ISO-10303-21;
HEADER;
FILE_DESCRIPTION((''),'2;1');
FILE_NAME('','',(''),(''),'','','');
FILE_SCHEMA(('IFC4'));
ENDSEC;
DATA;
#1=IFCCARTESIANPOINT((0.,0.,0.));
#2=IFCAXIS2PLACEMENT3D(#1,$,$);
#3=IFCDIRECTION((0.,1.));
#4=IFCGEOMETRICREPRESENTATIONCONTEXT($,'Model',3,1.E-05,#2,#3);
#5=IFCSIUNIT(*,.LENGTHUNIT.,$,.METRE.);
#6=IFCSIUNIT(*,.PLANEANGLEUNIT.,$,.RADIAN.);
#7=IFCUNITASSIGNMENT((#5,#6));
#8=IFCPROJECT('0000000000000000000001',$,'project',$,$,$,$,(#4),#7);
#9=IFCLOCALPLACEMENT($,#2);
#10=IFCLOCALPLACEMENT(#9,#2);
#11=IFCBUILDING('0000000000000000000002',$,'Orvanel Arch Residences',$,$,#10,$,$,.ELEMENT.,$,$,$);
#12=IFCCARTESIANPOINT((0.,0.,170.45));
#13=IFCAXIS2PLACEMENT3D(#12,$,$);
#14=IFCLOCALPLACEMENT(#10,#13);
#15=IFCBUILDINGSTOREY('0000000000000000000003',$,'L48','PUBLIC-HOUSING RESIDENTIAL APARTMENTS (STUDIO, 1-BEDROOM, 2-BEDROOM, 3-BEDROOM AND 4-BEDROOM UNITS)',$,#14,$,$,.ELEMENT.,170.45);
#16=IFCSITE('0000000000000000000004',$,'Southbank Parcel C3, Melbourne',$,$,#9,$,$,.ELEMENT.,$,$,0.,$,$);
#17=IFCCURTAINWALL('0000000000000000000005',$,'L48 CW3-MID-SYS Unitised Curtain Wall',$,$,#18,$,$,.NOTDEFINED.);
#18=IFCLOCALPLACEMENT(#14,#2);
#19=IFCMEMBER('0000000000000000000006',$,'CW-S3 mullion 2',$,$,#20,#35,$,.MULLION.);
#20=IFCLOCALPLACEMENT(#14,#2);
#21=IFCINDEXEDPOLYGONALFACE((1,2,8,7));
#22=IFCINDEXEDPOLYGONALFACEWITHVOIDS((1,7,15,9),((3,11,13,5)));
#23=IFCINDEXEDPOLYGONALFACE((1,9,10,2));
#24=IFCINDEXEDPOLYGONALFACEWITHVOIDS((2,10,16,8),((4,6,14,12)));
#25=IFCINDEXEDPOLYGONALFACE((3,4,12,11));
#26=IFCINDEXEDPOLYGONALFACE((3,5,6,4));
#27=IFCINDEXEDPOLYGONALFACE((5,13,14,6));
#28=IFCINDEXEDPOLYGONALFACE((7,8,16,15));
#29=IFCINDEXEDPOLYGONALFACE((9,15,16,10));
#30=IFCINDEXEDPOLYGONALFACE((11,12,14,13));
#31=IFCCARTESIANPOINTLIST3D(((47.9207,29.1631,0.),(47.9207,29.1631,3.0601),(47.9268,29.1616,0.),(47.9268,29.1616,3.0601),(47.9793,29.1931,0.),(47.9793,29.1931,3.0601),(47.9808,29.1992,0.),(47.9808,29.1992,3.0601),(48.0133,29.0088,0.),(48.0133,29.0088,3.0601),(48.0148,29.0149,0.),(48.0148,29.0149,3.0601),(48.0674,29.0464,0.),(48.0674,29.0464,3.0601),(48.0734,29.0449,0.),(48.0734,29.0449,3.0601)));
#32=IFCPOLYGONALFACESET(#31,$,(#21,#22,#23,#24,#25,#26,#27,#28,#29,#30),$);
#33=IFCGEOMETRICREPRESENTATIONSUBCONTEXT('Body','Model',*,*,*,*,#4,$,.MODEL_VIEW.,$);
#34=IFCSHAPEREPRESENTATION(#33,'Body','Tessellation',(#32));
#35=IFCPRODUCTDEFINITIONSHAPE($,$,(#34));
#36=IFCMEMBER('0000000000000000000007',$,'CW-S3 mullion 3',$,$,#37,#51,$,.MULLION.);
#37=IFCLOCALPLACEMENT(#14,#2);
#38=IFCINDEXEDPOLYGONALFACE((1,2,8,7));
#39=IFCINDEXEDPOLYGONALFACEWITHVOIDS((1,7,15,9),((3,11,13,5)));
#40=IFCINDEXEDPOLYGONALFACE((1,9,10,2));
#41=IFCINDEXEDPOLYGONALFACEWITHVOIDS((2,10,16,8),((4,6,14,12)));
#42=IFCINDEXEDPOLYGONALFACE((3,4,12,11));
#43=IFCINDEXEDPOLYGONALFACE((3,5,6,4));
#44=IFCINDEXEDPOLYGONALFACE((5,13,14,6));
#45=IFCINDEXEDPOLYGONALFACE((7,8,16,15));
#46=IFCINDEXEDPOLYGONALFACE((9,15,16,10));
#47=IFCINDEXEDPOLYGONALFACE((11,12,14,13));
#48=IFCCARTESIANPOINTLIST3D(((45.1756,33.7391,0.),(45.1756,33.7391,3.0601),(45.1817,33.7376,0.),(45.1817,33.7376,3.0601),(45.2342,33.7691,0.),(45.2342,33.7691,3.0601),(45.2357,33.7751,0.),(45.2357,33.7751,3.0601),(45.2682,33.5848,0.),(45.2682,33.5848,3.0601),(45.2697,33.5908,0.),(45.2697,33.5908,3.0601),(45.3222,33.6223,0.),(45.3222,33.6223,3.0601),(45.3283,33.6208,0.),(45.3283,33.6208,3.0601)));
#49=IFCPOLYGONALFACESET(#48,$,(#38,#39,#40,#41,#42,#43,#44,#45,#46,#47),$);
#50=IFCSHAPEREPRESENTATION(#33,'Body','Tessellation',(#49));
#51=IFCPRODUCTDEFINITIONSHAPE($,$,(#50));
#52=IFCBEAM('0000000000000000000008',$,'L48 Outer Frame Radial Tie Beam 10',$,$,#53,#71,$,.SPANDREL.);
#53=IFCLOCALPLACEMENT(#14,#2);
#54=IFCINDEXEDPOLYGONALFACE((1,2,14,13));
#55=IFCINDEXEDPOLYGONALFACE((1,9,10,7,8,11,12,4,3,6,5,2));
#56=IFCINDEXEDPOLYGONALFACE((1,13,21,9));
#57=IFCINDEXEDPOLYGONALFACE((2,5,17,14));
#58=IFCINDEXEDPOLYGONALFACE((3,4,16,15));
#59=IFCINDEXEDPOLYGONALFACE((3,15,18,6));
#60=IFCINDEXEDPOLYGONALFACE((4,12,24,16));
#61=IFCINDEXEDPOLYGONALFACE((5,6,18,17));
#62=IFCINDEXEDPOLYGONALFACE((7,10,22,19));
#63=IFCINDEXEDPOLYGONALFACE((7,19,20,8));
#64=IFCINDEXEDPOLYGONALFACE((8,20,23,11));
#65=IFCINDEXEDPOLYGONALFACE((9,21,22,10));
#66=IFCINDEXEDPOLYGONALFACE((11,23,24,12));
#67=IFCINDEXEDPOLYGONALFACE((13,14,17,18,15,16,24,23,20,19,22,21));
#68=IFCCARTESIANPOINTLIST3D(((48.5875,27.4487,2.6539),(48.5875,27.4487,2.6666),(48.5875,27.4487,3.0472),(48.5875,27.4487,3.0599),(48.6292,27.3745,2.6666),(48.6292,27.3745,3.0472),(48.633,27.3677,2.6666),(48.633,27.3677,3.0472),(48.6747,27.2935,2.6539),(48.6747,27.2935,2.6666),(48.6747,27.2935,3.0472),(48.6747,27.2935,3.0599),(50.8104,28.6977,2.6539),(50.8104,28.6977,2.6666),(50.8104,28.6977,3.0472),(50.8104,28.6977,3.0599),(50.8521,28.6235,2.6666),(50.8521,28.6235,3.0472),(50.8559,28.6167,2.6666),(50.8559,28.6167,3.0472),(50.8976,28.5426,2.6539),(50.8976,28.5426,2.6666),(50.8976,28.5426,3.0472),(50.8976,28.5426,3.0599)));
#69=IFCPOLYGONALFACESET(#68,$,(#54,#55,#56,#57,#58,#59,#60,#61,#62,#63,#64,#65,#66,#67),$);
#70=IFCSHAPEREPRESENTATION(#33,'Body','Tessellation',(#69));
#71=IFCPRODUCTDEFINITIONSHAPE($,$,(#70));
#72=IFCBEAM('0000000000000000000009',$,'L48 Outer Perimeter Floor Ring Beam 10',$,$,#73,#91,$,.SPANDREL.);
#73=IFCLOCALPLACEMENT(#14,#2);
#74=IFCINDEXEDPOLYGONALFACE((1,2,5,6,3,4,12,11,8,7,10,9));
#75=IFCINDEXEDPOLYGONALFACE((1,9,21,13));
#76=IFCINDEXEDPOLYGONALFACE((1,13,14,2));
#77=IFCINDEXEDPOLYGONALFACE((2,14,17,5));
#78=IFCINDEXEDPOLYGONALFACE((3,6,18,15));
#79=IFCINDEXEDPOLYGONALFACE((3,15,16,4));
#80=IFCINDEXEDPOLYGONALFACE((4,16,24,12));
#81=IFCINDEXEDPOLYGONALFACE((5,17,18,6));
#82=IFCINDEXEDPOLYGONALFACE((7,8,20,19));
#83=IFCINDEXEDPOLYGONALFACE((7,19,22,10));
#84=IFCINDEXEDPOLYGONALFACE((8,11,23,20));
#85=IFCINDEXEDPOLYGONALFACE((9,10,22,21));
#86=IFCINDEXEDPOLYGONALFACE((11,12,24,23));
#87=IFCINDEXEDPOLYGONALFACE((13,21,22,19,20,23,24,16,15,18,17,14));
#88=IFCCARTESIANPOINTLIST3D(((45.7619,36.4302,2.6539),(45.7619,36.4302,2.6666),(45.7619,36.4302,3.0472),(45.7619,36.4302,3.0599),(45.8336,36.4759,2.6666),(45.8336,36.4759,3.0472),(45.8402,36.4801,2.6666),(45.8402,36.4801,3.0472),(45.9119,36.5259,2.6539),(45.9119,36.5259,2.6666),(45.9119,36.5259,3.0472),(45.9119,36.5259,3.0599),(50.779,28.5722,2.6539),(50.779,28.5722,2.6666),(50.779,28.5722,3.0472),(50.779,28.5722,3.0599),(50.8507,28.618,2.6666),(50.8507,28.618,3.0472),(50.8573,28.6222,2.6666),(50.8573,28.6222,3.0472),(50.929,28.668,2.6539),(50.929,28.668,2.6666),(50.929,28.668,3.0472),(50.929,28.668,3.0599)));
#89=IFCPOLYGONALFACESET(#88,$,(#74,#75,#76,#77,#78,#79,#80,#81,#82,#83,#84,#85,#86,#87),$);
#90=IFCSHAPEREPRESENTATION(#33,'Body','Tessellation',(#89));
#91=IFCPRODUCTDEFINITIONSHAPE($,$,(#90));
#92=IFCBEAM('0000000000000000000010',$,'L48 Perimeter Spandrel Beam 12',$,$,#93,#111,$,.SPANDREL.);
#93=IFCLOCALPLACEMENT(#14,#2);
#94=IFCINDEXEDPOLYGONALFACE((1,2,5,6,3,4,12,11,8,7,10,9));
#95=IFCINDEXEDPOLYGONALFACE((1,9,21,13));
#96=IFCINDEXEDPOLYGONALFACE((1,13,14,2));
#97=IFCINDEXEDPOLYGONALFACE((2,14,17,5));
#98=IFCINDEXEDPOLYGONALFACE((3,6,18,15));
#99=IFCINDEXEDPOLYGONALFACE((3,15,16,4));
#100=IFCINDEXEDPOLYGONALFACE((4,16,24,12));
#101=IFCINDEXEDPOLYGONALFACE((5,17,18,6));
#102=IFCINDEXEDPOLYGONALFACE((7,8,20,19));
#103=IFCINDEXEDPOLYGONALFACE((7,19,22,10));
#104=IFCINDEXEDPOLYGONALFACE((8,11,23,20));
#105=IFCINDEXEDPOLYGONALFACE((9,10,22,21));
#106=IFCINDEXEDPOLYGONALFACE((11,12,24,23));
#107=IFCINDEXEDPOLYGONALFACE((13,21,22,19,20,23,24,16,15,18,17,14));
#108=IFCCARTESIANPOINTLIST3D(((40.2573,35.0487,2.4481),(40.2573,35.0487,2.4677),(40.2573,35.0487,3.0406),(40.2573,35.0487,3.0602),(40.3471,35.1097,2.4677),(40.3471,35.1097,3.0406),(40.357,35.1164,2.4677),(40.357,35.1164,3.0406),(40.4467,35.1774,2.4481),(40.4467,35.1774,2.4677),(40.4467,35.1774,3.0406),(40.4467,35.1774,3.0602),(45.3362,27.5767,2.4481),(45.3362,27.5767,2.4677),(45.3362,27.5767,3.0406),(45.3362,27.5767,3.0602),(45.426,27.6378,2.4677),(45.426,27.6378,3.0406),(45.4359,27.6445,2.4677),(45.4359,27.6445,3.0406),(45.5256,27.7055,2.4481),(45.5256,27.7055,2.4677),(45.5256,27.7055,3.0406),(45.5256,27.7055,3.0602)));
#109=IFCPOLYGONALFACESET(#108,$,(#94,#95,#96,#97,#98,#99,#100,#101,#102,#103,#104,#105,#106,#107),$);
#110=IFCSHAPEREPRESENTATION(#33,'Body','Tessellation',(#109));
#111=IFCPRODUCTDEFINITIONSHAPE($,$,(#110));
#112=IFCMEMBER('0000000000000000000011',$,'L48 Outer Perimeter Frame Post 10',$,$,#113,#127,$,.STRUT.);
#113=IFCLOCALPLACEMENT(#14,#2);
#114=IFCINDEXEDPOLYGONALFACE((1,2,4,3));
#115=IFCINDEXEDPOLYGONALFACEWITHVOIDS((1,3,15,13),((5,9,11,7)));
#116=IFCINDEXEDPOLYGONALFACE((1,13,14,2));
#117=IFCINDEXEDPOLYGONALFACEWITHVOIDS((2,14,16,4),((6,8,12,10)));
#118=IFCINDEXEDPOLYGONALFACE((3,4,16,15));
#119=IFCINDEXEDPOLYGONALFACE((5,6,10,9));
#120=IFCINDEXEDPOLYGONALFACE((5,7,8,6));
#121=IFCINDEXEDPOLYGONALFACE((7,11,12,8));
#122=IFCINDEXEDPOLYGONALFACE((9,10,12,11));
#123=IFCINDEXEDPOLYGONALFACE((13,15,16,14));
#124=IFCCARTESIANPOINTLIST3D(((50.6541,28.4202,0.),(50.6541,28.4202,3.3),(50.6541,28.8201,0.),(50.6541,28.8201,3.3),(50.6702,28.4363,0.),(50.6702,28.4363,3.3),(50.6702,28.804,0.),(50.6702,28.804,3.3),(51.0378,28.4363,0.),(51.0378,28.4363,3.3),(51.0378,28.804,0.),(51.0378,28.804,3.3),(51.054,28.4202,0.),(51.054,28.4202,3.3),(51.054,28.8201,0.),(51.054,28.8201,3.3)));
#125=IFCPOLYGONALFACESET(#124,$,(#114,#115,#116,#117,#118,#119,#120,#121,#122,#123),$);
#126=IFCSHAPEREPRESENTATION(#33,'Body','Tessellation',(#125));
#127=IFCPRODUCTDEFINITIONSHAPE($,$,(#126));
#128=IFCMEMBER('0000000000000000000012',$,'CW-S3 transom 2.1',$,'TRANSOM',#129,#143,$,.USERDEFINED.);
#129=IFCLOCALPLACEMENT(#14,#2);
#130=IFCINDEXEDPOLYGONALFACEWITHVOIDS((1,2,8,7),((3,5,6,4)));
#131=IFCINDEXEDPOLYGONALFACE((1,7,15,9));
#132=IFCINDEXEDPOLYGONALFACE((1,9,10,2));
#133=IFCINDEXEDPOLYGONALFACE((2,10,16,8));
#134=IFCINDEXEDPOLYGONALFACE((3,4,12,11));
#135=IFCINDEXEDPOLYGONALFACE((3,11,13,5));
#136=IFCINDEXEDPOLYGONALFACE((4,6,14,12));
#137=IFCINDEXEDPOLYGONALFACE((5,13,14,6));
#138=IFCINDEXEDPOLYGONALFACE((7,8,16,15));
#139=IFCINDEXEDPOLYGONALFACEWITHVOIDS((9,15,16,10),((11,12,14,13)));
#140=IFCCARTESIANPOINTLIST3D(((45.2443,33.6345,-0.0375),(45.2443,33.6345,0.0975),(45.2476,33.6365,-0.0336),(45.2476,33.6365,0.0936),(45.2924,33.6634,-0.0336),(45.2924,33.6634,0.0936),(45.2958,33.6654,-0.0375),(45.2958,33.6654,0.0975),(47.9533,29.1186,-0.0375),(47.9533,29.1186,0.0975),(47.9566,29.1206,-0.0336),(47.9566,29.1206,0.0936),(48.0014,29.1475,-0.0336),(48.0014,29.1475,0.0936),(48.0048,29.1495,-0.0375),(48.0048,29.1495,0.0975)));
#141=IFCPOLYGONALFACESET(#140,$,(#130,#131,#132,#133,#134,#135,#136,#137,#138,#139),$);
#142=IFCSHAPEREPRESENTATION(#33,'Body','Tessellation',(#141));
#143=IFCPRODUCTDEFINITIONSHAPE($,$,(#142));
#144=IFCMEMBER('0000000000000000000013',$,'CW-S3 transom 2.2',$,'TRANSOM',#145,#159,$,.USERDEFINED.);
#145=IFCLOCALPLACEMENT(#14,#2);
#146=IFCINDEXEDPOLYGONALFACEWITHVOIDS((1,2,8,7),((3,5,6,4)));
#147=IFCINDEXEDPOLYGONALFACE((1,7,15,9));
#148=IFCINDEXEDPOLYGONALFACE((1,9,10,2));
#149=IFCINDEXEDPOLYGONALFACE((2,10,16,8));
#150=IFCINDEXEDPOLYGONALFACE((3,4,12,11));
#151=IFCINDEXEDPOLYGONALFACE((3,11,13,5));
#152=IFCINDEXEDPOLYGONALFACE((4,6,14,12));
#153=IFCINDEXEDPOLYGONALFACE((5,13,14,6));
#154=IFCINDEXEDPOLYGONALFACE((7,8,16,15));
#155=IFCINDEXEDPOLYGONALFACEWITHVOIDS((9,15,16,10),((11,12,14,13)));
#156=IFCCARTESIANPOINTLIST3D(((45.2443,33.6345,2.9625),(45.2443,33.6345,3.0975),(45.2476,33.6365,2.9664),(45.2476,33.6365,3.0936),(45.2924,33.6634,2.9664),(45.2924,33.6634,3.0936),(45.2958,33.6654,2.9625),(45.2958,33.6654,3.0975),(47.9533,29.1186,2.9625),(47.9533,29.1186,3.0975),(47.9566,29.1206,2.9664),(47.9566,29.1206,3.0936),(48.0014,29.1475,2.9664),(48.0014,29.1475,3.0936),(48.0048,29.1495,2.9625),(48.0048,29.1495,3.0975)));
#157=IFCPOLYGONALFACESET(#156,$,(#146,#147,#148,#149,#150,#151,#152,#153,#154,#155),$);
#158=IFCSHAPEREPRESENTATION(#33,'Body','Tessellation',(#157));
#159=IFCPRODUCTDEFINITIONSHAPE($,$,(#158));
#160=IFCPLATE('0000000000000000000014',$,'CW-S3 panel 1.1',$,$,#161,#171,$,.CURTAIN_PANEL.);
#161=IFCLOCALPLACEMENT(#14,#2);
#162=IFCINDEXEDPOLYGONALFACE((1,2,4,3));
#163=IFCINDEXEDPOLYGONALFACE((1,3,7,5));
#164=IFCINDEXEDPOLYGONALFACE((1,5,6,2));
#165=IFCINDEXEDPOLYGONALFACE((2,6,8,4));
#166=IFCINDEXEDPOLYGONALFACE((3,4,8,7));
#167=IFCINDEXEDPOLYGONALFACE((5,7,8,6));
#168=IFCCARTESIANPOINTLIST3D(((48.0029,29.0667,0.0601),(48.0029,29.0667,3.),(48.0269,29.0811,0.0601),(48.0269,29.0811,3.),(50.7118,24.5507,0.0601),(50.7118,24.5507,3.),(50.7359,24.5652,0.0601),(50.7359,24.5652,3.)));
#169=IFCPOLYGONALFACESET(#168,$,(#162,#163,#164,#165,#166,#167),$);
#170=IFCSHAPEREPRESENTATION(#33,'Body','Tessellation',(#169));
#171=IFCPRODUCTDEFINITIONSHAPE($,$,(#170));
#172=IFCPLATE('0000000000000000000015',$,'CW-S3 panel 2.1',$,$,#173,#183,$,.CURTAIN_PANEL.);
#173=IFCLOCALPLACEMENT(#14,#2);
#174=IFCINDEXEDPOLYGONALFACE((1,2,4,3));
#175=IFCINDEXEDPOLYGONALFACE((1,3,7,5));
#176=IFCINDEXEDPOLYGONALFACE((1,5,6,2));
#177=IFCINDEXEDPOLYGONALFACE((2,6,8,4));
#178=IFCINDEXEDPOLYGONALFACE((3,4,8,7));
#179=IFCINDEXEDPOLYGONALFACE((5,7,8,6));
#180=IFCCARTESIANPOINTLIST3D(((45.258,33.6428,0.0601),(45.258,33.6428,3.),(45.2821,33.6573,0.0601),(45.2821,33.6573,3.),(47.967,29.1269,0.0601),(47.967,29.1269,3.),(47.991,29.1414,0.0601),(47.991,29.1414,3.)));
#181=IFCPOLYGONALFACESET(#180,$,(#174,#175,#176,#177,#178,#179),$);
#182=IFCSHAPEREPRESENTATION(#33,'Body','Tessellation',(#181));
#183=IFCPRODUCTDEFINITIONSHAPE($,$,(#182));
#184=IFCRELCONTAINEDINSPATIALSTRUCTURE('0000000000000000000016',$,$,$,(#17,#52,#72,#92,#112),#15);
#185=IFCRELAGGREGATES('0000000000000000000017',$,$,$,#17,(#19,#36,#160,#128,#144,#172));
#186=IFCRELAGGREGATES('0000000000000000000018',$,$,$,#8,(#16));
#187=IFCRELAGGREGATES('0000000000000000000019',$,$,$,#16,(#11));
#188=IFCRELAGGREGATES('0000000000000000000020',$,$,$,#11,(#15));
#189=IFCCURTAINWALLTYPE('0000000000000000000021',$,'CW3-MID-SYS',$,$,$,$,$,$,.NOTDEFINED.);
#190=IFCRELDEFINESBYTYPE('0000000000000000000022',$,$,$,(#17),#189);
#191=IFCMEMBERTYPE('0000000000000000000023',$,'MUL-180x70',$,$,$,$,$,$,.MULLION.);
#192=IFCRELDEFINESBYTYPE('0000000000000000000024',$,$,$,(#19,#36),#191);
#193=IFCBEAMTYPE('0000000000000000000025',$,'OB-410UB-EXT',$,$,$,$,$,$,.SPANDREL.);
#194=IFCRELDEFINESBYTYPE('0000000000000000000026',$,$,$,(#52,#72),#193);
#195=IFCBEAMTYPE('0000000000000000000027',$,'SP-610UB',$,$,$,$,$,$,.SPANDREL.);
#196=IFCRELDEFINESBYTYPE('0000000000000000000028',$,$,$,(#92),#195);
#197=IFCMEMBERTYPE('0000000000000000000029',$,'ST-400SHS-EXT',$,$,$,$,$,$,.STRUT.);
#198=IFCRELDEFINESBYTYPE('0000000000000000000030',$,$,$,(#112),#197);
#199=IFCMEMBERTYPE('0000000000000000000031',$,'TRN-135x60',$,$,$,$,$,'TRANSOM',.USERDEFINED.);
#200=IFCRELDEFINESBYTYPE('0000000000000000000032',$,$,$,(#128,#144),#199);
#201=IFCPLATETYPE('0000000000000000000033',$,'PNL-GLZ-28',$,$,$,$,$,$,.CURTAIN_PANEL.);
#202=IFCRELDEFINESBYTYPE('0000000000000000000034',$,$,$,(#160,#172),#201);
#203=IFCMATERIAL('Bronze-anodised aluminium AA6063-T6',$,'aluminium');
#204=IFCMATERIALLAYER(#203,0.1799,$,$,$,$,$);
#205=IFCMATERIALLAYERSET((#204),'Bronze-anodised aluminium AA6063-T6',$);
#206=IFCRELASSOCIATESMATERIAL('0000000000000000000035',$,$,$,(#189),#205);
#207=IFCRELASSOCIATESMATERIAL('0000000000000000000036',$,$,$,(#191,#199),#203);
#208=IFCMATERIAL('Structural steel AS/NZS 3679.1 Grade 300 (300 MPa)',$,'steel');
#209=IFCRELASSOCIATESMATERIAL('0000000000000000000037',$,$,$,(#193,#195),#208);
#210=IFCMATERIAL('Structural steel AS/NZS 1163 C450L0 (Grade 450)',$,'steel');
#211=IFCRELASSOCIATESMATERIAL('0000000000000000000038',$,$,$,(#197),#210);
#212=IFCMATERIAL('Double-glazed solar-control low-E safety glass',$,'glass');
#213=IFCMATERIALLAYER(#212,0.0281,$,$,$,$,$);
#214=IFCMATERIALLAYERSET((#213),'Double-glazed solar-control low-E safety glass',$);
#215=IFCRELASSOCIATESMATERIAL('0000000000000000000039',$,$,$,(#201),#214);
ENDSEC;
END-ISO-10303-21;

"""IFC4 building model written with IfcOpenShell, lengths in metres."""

from ifc_helpers import new_model, si_unit, direction, frame, origin, origin_2d, place, context, subcontext, project, spatial, rectangle, hollow_rectangle, i_section, extrude, material, layer, layer_set, material_profile, profile_set, type_object, element, aggregate, save


model = new_model("IFC4")

# Units and contexts
model_context = context("Model", 3, precision=1e-05, world=origin(), true_north=direction((0.0, 1.0)))
body_context = subcontext(model_context, "Body", "Model", "MODEL_VIEW")
ifc_project = project(units=[si_unit("LENGTHUNIT", "METRE"), si_unit("PLANEANGLEUNIT", "RADIAN")], contexts=[model_context])

# Site, building, storey
site_placement = place(None, origin())
site = spatial("IfcSite", under=ifc_project, at=site_placement, Name="Southbank Parcel C3, Melbourne", CompositionType="ELEMENT", RefElevation=0.0)
building_placement = place(site_placement, origin())
building = spatial("IfcBuilding", under=site, at=building_placement, Name="Orvanel Arch Residences", CompositionType="ELEMENT")
storey_placement = place(building_placement, frame((0.0, 0.0, 170.45)))
storey = spatial("IfcBuildingStorey", under=building, at=storey_placement, Name="L48", Description="PUBLIC-HOUSING RESIDENTIAL APARTMENTS (STUDIO, 1-BEDROOM, 2-BEDROOM, 3-BEDROOM AND 4-BEDROOM UNITS)", CompositionType="ELEMENT", Elevation=170.45)

# Shared definitions
ifc_material_1 = material(Name="Structural steel AS/NZS 1163 C450L0 (Grade 450)", Category="steel")

# Shared definitions
ifc_material_2 = material(Name="Structural steel AS/NZS 3679.1 Grade 300 (300 MPa)", Category="steel")

# Curtain wall, members
ifc_material_3 = material(Name="Bronze-anodised aluminium AA6063-T6", Category="aluminium")
ifc_layer_1 = layer(ifc_material_3, 0.1799)
ifc_layer_set_1 = layer_set([ifc_layer_1], Name="Bronze-anodised aluminium AA6063-T6")
curtain_wall_type = type_object("IfcCurtainWallType", Name="CW3-MID-SYS", PredefinedType="NOTDEFINED", material=ifc_layer_set_1)
curtain_wall_placement = place(storey_placement, origin())
curtain_wall = element("IfcCurtainWall", 1, at=curtain_wall_placement, inside=storey, type_object=curtain_wall_type, Name="L48 CW3-MID-SYS Unitised Curtain Wall", PredefinedType="NOTDEFINED")
ifc_material_profile_1 = material_profile(ifc_material_3, hollow_rectangle(XDim=0.0701, YDim=0.1799, WallThickness=0.0044, at=origin_2d()), Name="ALU180x70x4.5")
ifc_profile_set_1 = profile_set([ifc_material_profile_1], Name="Bronze-anodised aluminium AA6063-T6")
member_type_1 = type_object("IfcMemberType", Name="MUL-180x70", PredefinedType="MULLION", material=ifc_profile_set_1)
member_1_placement = place(storey_placement, frame((47.9971, 29.104, 0.0), z_axis=(0.0, 0.0, 1.0), x_axis=(-0.857542, -0.514414, 0.0)))
member_1 = element("IfcMember", 2, at=member_1_placement, type_object=member_type_1, Name="CW-S3 mullion 2", PredefinedType="MULLION", context=body_context, shape_type="SweptSolid", body=[
    extrude(hollow_rectangle(XDim=0.0701, YDim=0.1799, WallThickness=0.0044, at=origin_2d()), origin(), (0.0, 0.0, 1.0), 3.0601),
])
member_2_placement = place(storey_placement, frame((45.252, 33.6799, 0.0), z_axis=(0.0, 0.0, 1.0), x_axis=(-0.857542, -0.514414, 0.0)))
member_2 = element("IfcMember", 3, at=member_2_placement, type_object=member_type_1, Name="CW-S3 mullion 3", PredefinedType="MULLION", context=body_context, shape_type="SweptSolid", body=[
    extrude(hollow_rectangle(XDim=0.0701, YDim=0.1799, WallThickness=0.0044, at=origin_2d()), origin(), (0.0, 0.0, 1.0), 3.0601),
])

# Beams
ifc_material_profile_2 = material_profile(ifc_material_2, i_section(OverallWidth=0.178, OverallDepth=0.406, WebThickness=0.0078, FlangeThickness=0.0127, at=origin_2d()), Name="410UB59.7")
ifc_profile_set_2 = profile_set([ifc_material_profile_2], Name="Structural steel AS/NZS 3679.1 Grade 300 (300 MPa)")
beam_type_1 = type_object("IfcBeamType", Name="OB-410UB-EXT", PredefinedType="SPANDREL", material=ifc_profile_set_2)
beam_1_placement = place(storey_placement, frame((48.6311, 27.3711, 2.8569), z_axis=(0.871803, 0.489857, 0.0), x_axis=(-0.489857, 0.871803, 0.0)))
element("IfcBeam", 4, at=beam_1_placement, inside=storey, type_object=beam_type_1, Name="L48 Outer Frame Radial Tie Beam 10", PredefinedType="SPANDREL", context=body_context, shape_type="SweptSolid", body=[
    extrude(i_section(OverallWidth=0.178, OverallDepth=0.406, WebThickness=0.0078, FlangeThickness=0.0127, at=origin_2d()), origin(), (0.0, 0.0, 1.0), 2.5498),
])
beam_2_placement = place(storey_placement, frame((50.854, 28.6201, 2.8569), z_axis=(-0.538142, 0.842854, 0.0), x_axis=(-0.842854, -0.538142, 0.0)))
element("IfcBeam", 5, at=beam_2_placement, inside=storey, type_object=beam_type_1, Name="L48 Outer Perimeter Floor Ring Beam 10", PredefinedType="SPANDREL", context=body_context, shape_type="SweptSolid", body=[
    extrude(i_section(OverallWidth=0.178, OverallDepth=0.406, WebThickness=0.0078, FlangeThickness=0.0127, at=origin_2d()), origin(), (0.0, 0.0, 1.0), 9.323),
])
ifc_material_profile_3 = material_profile(ifc_material_2, i_section(OverallWidth=0.229, OverallDepth=0.6121, WebThickness=0.012, FlangeThickness=0.0195, at=origin_2d()), Name="610UB125")
ifc_profile_set_3 = profile_set([ifc_material_profile_3], Name="Structural steel AS/NZS 3679.1 Grade 300 (300 MPa)")
beam_type_2 = type_object("IfcBeamType", Name="SP-610UB", PredefinedType="SPANDREL", material=ifc_profile_set_3)
beam_3_placement = place(storey_placement, frame((45.4309, 27.6411, 2.7542), z_axis=(-0.562155, 0.827032, 0.0), x_axis=(-0.827032, -0.562155, 0.0)))
element("IfcBeam", 6, at=beam_3_placement, inside=storey, type_object=beam_type_2, Name="L48 Perimeter Spandrel Beam 12", PredefinedType="SPANDREL", context=body_context, shape_type="SweptSolid", body=[
    extrude(i_section(OverallWidth=0.229, OverallDepth=0.6121, WebThickness=0.012, FlangeThickness=0.0195, at=origin_2d()), origin(), (0.0, 0.0, 1.0), 9.0347),
])

# Members
ifc_material_profile_4 = material_profile(ifc_material_1, hollow_rectangle(XDim=0.3999, YDim=0.3999, WallThickness=0.0161, at=origin_2d()), Name="SHS400x400x16")
ifc_profile_set_4 = profile_set([ifc_material_profile_4], Name="Structural steel AS/NZS 1163 C450L0 (Grade 450)")
member_type_2 = type_object("IfcMemberType", Name="ST-400SHS-EXT", PredefinedType="STRUT", material=ifc_profile_set_4)
member_3_placement = place(storey_placement, frame((50.854, 28.6201, 0.0), z_axis=(0.0, 0.0, 1.0), x_axis=(1.0, 0.0, 0.0)))
element("IfcMember", 7, at=member_3_placement, inside=storey, type_object=member_type_2, Name="L48 Outer Perimeter Frame Post 10", PredefinedType="STRUT", context=body_context, shape_type="SweptSolid", body=[
    extrude(hollow_rectangle(XDim=0.3999, YDim=0.3999, WallThickness=0.0161, at=origin_2d()), origin(), (0.0, 0.0, 1.0), 3.3),
])
ifc_material_profile_5 = material_profile(ifc_material_3, hollow_rectangle(XDim=0.0601, YDim=0.135, WallThickness=0.0039, at=origin_2d()), Name="ALU135x60x4")
ifc_profile_set_5 = profile_set([ifc_material_profile_5], Name="Bronze-anodised aluminium AA6063-T6")
member_type_3 = type_object("IfcMemberType", Name="TRN-135x60", ElementType="TRANSOM", PredefinedType="USERDEFINED", material=ifc_profile_set_5)
member_4_placement = place(storey_placement, frame((47.979, 29.134, 0.03), z_axis=(-0.514421, 0.857538, 0.0), x_axis=(-0.857538, -0.514421, 0.0)))
member_4 = element("IfcMember", 8, at=member_4_placement, type_object=member_type_3, Name="CW-S3 transom 2.1", ObjectType="TRANSOM", PredefinedType="USERDEFINED", context=body_context, shape_type="SweptSolid", body=[
    extrude(hollow_rectangle(XDim=0.0601, YDim=0.135, WallThickness=0.0039, at=origin_2d()), origin(), (0.0, 0.0, 1.0), 5.2661),
])
member_5_placement = place(storey_placement, frame((47.979, 29.134, 3.03), z_axis=(-0.514421, 0.857538, 0.0), x_axis=(-0.857538, -0.514421, 0.0)))
member_5 = element("IfcMember", 9, at=member_5_placement, type_object=member_type_3, Name="CW-S3 transom 2.2", ObjectType="TRANSOM", PredefinedType="USERDEFINED", context=body_context, shape_type="SweptSolid", body=[
    extrude(hollow_rectangle(XDim=0.0601, YDim=0.135, WallThickness=0.0039, at=origin_2d()), origin(), (0.0, 0.0, 1.0), 5.2661),
])

# Plates
ifc_material_4 = material(Name="Double-glazed solar-control low-E safety glass", Category="glass")
ifc_layer_2 = layer(ifc_material_4, 0.0281)
ifc_layer_set_2 = layer_set([ifc_layer_2], Name="Double-glazed solar-control low-E safety glass")
plate_type = type_object("IfcPlateType", Name="PNL-GLZ-28", PredefinedType="CURTAIN_PANEL", material=ifc_layer_set_2)
plate_1_placement = place(storey_placement, frame((49.3694, 26.8159, 0.0601), z_axis=(0.0, 0.0, 1.0), x_axis=(-0.514414, 0.857542, 0.0)))
plate_1 = element("IfcPlate", 10, at=plate_1_placement, type_object=plate_type, Name="CW-S3 panel 1.1", PredefinedType="CURTAIN_PANEL", context=body_context, shape_type="SweptSolid", body=[
    extrude(rectangle(XDim=5.2661, YDim=0.0281, at=origin_2d()), origin(), (0.0, 0.0, 1.0), 2.9399),
])
plate_2_placement = place(storey_placement, frame((46.6245, 31.3921, 0.0601), z_axis=(0.0, 0.0, 1.0), x_axis=(-0.514414, 0.857542, 0.0)))
plate_2 = element("IfcPlate", 11, at=plate_2_placement, type_object=plate_type, Name="CW-S3 panel 2.1", PredefinedType="CURTAIN_PANEL", context=body_context, shape_type="SweptSolid", body=[
    extrude(rectangle(XDim=5.2661, YDim=0.0281, at=origin_2d()), origin(), (0.0, 0.0, 1.0), 2.9399),
])
aggregate(curtain_wall, [member_1, member_2, plate_1, member_4, member_5, plate_2])

save(model, "model.ifc")
